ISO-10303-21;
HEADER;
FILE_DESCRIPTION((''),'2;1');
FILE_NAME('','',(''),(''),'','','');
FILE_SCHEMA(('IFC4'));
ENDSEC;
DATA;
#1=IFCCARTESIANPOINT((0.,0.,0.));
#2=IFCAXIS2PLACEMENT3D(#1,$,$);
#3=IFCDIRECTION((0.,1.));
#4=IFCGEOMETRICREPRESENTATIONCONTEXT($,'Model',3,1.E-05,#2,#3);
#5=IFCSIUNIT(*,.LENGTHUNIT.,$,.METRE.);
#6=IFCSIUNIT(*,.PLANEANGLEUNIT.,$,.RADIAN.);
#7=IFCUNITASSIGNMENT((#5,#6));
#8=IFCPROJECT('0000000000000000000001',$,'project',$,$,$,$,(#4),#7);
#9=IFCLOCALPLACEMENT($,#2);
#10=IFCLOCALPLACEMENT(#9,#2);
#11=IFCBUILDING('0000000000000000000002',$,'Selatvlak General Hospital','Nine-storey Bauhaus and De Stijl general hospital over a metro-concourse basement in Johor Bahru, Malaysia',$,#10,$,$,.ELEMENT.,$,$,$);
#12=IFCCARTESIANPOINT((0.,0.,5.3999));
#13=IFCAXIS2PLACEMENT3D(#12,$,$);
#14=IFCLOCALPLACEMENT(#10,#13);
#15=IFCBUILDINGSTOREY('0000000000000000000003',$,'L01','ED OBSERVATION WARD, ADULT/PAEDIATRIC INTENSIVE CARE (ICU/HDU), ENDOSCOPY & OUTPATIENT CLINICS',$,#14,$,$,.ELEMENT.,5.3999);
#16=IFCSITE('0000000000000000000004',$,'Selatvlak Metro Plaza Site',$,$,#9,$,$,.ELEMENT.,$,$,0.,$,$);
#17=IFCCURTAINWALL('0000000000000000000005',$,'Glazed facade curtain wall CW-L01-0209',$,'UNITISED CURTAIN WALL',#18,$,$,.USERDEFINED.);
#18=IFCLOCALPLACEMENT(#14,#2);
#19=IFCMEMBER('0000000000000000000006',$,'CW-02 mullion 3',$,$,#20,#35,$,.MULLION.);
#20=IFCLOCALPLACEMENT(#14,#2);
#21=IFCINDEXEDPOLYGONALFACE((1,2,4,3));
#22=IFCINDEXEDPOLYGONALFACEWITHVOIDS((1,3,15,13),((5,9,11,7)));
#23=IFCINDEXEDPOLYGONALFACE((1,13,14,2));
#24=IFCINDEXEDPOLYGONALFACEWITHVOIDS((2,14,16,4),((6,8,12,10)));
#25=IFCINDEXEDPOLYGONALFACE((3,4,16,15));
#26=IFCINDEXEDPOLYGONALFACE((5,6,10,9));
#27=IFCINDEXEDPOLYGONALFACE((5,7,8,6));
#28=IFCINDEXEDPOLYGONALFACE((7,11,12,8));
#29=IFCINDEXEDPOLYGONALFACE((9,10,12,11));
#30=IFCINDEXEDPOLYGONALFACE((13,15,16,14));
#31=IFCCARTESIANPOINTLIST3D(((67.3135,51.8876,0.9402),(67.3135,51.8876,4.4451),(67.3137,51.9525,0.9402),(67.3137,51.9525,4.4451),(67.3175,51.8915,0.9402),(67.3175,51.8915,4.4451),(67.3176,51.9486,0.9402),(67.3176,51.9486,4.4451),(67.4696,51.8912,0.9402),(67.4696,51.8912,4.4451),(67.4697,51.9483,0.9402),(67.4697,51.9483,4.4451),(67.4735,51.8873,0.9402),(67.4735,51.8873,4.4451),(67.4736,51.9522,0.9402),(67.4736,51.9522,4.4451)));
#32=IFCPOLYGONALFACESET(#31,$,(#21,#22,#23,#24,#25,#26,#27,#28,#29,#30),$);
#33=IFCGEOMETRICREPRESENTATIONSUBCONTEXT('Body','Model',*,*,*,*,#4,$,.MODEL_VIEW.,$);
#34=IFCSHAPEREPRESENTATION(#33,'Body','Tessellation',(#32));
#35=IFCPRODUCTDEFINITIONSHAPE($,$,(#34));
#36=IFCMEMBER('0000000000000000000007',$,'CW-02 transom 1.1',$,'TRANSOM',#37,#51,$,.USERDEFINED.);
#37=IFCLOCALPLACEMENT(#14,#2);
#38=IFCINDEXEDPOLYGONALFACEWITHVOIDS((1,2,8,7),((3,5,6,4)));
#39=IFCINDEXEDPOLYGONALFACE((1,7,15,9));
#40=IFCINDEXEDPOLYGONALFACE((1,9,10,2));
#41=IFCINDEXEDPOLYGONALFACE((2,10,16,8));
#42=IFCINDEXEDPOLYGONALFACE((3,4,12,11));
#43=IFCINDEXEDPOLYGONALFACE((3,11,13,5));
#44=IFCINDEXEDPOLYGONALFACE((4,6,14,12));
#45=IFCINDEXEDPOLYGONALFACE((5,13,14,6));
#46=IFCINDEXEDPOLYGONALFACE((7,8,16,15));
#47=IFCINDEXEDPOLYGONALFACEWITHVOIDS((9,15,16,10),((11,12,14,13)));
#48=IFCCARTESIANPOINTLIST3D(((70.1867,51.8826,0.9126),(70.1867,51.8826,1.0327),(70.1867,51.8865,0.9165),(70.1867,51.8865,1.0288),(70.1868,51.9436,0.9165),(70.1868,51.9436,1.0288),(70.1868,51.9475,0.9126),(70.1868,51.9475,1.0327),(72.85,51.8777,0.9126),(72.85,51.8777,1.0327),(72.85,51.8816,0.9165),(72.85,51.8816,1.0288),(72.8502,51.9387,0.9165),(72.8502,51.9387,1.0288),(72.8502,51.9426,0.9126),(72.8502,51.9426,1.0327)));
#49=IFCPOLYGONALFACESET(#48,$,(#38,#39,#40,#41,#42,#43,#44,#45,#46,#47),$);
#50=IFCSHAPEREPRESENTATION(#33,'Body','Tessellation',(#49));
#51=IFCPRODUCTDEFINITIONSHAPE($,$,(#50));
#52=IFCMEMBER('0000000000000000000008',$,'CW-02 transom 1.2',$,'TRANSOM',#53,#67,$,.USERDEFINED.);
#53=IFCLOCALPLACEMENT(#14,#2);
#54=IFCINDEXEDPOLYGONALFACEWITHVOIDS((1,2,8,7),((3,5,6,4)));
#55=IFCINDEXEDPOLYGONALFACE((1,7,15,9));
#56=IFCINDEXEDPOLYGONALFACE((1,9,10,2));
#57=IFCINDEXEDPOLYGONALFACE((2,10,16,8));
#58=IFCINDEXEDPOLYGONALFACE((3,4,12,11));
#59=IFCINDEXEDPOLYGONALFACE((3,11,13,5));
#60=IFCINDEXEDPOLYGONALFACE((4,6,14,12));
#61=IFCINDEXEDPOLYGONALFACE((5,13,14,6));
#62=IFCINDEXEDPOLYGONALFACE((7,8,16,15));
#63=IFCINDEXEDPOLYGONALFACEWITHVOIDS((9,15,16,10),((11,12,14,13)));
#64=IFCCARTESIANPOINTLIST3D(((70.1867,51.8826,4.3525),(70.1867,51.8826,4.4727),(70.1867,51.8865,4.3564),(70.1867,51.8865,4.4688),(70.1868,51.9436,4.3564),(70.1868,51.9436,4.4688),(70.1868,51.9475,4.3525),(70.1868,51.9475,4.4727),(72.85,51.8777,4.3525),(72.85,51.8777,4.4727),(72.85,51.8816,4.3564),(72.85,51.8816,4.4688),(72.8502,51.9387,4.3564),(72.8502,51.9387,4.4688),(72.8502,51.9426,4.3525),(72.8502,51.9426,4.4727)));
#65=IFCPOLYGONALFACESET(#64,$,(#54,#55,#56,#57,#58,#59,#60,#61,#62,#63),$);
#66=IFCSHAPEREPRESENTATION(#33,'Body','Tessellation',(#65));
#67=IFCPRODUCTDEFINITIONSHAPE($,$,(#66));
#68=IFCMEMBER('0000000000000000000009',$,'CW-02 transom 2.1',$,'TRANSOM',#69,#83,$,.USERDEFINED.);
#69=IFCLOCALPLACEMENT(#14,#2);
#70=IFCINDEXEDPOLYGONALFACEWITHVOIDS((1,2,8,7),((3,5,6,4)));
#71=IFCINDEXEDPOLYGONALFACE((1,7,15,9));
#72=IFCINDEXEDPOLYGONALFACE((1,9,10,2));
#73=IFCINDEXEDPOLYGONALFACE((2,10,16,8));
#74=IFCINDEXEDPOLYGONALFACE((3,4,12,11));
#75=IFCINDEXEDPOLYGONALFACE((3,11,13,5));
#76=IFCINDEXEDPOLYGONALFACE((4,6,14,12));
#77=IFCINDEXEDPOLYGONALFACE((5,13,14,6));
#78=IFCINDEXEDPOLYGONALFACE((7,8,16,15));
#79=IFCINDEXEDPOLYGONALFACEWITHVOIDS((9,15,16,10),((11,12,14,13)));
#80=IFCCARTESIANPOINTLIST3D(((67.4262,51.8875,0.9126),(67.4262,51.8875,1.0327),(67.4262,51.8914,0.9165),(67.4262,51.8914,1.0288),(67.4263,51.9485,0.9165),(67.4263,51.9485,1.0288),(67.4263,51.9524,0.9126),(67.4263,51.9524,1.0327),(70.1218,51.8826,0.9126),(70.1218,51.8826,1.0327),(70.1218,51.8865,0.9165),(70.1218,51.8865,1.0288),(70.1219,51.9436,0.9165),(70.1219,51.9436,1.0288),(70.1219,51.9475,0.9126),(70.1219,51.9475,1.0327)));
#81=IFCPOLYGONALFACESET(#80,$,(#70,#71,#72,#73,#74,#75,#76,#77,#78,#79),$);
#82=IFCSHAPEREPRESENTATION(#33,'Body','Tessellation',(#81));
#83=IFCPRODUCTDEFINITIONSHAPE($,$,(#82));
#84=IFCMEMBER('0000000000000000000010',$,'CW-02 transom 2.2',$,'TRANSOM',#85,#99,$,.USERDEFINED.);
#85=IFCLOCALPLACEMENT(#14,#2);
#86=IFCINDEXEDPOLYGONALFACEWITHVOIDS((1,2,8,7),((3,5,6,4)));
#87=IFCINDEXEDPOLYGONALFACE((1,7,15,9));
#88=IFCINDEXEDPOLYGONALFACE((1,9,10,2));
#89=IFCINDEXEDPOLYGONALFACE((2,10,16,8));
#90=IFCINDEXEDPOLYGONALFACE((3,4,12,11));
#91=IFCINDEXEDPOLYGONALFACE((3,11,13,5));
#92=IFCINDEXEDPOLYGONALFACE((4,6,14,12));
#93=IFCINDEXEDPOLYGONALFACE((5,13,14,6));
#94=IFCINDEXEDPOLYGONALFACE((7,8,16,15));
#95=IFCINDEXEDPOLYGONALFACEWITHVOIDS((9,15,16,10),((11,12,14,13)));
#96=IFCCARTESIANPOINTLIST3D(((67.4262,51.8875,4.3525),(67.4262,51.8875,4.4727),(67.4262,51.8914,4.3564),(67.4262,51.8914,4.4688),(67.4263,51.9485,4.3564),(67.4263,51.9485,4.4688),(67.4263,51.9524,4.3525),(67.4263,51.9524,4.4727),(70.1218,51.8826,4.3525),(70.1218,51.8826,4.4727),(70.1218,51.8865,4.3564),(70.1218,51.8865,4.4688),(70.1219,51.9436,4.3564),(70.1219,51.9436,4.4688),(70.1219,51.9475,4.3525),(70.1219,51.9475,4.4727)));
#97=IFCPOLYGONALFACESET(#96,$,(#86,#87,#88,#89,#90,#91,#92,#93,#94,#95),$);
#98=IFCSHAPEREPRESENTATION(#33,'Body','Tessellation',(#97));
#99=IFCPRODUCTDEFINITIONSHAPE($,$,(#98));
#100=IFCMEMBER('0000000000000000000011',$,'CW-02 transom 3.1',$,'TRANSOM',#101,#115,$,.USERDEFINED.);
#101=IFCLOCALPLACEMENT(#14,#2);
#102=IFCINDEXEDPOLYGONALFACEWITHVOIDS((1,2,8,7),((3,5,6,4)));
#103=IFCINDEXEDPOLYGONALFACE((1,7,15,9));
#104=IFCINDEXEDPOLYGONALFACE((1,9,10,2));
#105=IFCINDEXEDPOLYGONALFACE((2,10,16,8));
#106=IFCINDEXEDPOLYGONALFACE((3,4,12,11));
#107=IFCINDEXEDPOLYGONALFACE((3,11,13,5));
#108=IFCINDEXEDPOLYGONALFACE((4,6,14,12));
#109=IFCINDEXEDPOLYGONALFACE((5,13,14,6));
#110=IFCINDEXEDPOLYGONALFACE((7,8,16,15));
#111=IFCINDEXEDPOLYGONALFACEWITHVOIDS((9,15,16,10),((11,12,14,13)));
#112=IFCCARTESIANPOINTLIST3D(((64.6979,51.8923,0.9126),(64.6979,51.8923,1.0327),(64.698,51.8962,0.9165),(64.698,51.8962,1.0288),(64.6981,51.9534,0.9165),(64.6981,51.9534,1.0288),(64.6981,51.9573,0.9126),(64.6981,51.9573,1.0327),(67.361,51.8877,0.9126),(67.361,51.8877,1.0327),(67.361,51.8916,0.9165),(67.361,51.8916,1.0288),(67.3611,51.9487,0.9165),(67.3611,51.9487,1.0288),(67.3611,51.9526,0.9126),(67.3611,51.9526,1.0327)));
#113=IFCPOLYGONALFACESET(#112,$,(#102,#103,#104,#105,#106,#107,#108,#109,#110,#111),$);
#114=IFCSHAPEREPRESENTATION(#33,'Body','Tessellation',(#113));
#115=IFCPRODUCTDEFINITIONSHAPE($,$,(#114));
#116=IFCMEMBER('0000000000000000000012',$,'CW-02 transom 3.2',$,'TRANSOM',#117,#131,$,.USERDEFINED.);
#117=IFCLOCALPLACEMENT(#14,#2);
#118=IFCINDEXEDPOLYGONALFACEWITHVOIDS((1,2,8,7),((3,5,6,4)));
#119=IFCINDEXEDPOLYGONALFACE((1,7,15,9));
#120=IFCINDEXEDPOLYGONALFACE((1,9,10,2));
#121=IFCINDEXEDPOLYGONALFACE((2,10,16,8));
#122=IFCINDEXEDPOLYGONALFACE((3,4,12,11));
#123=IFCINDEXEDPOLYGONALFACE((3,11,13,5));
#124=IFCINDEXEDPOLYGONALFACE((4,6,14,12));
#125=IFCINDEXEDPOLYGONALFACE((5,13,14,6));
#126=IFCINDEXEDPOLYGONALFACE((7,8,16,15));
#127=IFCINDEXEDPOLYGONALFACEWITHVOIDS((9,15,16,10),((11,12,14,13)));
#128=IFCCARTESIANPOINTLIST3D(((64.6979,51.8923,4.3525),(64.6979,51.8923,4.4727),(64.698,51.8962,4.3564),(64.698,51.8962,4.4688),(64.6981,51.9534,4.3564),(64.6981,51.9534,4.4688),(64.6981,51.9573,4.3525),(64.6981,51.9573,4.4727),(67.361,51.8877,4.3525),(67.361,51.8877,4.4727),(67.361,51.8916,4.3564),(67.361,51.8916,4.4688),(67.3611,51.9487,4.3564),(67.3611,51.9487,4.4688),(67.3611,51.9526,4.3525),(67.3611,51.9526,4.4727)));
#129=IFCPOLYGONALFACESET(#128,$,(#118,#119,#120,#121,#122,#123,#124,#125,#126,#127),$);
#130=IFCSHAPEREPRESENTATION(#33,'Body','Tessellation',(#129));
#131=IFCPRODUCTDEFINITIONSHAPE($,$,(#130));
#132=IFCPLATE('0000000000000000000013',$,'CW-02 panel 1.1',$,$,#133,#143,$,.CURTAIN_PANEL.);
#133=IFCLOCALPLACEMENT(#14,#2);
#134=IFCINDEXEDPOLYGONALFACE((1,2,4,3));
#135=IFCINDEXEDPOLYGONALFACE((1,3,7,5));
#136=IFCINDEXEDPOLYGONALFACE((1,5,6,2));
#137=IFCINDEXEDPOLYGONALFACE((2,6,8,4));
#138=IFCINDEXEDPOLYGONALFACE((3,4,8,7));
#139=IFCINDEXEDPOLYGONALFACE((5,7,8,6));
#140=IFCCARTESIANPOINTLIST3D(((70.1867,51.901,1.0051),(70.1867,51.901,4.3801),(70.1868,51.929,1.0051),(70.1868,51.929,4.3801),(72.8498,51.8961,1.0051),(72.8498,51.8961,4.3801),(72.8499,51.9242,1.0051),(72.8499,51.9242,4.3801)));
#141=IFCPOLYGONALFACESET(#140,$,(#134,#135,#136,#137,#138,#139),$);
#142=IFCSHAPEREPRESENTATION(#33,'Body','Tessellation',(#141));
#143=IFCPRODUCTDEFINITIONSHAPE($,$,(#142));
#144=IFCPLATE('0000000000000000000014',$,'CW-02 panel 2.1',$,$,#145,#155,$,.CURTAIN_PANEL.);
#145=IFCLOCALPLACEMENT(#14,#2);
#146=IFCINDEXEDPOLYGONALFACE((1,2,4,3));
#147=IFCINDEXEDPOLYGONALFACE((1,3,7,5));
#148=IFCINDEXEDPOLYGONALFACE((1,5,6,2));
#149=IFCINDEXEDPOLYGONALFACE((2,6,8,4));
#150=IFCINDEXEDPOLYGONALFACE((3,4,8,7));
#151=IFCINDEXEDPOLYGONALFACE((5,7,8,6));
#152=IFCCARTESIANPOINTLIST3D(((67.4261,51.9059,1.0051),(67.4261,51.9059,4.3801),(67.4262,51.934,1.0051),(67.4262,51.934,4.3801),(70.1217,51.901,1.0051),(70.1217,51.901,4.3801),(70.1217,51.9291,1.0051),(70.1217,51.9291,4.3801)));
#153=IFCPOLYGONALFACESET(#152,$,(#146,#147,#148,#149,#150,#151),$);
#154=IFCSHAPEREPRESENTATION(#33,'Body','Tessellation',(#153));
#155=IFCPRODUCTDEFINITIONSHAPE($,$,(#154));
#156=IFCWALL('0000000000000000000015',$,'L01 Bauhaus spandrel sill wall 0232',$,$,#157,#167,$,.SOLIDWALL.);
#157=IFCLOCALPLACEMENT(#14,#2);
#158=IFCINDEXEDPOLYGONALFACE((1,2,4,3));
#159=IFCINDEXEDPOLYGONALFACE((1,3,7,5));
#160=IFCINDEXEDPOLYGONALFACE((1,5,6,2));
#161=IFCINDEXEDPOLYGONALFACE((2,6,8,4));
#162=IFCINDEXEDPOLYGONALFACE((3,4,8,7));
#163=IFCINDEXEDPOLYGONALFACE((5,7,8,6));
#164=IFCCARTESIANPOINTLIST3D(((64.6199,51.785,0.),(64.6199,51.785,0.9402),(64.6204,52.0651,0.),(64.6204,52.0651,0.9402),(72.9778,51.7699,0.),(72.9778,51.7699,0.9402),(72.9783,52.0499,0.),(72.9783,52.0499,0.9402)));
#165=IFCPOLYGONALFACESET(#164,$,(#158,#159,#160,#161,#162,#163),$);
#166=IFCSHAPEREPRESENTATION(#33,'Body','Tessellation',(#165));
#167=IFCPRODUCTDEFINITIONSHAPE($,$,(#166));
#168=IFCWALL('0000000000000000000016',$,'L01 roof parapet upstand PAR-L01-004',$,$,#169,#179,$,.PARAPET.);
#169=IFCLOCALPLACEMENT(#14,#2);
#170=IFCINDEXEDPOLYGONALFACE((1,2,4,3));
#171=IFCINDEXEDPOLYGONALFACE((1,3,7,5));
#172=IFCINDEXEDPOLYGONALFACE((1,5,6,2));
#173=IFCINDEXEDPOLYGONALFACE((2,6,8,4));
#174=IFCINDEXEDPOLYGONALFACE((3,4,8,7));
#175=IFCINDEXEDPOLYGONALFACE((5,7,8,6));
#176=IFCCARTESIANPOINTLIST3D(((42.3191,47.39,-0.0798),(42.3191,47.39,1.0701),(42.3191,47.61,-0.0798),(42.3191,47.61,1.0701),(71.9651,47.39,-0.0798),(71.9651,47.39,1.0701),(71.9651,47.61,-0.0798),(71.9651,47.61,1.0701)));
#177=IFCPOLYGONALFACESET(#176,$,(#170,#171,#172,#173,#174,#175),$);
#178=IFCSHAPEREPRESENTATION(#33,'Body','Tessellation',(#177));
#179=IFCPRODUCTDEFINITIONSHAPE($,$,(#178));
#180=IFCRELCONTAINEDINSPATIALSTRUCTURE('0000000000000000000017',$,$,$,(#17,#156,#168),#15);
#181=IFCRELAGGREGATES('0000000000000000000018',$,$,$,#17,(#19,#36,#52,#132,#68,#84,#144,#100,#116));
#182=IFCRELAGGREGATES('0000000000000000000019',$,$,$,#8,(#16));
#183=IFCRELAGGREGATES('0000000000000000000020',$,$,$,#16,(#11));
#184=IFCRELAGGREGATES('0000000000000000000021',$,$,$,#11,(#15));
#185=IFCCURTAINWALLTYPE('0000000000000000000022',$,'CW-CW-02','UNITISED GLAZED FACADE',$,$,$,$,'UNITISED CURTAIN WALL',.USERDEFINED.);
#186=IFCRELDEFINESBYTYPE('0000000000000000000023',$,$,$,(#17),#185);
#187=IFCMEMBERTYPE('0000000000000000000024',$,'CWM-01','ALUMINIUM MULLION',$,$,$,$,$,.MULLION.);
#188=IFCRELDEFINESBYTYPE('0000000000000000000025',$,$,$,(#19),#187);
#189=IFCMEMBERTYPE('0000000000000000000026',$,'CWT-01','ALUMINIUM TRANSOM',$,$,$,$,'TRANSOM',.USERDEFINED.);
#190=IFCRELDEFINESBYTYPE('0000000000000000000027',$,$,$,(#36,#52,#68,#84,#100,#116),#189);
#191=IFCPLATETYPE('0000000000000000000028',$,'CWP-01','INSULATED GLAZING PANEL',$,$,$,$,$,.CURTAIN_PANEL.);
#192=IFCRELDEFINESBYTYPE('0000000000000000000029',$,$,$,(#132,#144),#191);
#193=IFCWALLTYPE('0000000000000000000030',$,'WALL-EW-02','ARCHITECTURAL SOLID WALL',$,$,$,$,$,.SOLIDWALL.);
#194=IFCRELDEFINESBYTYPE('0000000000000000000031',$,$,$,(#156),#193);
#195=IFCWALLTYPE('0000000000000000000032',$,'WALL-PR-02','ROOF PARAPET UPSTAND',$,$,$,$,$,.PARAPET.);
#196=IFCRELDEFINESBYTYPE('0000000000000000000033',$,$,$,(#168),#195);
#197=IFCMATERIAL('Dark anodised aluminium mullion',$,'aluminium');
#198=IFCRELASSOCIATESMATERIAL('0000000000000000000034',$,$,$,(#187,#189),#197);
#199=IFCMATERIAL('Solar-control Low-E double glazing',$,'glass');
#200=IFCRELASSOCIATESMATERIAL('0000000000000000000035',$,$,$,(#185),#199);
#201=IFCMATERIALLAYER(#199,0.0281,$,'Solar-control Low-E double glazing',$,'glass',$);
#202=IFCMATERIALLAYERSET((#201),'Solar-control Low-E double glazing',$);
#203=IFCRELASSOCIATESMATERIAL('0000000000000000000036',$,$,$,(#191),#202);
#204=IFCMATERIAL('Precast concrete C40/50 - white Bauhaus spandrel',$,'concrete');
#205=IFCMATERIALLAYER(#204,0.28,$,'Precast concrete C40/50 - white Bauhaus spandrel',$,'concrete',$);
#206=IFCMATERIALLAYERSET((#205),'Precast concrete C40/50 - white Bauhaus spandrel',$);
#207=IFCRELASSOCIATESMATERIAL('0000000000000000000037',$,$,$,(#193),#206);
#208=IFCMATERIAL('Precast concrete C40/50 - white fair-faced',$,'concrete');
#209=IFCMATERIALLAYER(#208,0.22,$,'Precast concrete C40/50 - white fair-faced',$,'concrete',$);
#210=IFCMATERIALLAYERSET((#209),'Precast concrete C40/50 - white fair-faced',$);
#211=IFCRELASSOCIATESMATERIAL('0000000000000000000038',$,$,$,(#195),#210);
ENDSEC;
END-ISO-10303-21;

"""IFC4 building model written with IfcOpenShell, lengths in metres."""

from ifc_helpers import new_model, si_unit, direction, frame, frame_2d, origin, origin_2d, place, context, subcontext, project, spatial, rectangle, hollow_rectangle, extrude, material, layer, layer_set, material_profile, profile_set, type_object, element, aggregate, save


model = new_model("IFC4")

# Units and contexts
model_context = context("Model", 3, precision=1e-05, world=origin(), true_north=direction((0.0, 1.0)))
body_context = subcontext(model_context, "Body", "Model", "MODEL_VIEW")
ifc_project = project(units=[si_unit("LENGTHUNIT", "METRE"), si_unit("PLANEANGLEUNIT", "RADIAN")], contexts=[model_context])

# Site, building, storey
site_placement = place(None, origin())
site = spatial("IfcSite", under=ifc_project, at=site_placement, Name="Selatvlak Metro Plaza Site", CompositionType="ELEMENT", RefElevation=0.0)
building_placement = place(site_placement, origin())
building = spatial("IfcBuilding", under=site, at=building_placement, Name="Selatvlak General Hospital", Description="Nine-storey Bauhaus and De Stijl general hospital over a metro-concourse basement in Johor Bahru, Malaysia", CompositionType="ELEMENT")
storey_placement = place(building_placement, frame((0.0, 0.0, 5.3999)))
storey = spatial("IfcBuildingStorey", under=building, at=storey_placement, Name="L01", Description="ED OBSERVATION WARD, ADULT/PAEDIATRIC INTENSIVE CARE (ICU/HDU), ENDOSCOPY & OUTPATIENT CLINICS", CompositionType="ELEMENT", Elevation=5.3999)

# Shared definitions
ifc_material_1 = material(Name="Solar-control Low-E double glazing", Category="glass")
ifc_material_2 = material(Name="Dark anodised aluminium mullion", Category="aluminium")
ifc_material_profile_1 = material_profile(ifc_material_2, hollow_rectangle(XDim=0.0649, YDim=0.1599, WallThickness=0.0039, at=origin_2d()), Name="AL-MUL 65x160x4")
ifc_profile_set_1 = profile_set([ifc_material_profile_1], Name="Dark anodised aluminium mullion")
member_type_1 = type_object("IfcMemberType", Name="CWM-01", Description="ALUMINIUM MULLION", PredefinedType="MULLION", material=ifc_profile_set_1)

# Curtain wall, members, plates
curtain_wall_type_1 = type_object("IfcCurtainWallType", Name="CW-CW-02", Description="UNITISED GLAZED FACADE", ElementType="UNITISED CURTAIN WALL", PredefinedType="USERDEFINED", material=ifc_material_1)
curtain_wall_1_placement = place(storey_placement, origin())
curtain_wall_1 = element("IfcCurtainWall", 1, at=curtain_wall_1_placement, inside=storey, type_object=curtain_wall_type_1, Name="Glazed facade curtain wall CW-L01-0209", ObjectType="UNITISED CURTAIN WALL", PredefinedType="USERDEFINED")
member_1_placement = place(storey_placement, frame((67.3936, 51.9199, 0.9402), z_axis=(0.0, 0.0, 1.0), x_axis=(-0.001811, -0.999998, 0.0)))
member_1 = element("IfcMember", 2, at=member_1_placement, type_object=member_type_1, Name="CW-02 mullion 3", PredefinedType="MULLION", context=body_context, shape_type="SweptSolid", body=[
    extrude(hollow_rectangle(XDim=0.0649, YDim=0.1599, WallThickness=0.0039, at=origin_2d()), origin(), (0.0, 0.0, 1.0), 3.5049),
])
ifc_material_profile_2 = material_profile(ifc_material_2, hollow_rectangle(XDim=0.0649, YDim=0.1201, WallThickness=0.0039, at=origin_2d()), Name="AL-TRN 65x120x4")
ifc_profile_set_2 = profile_set([ifc_material_profile_2], Name="Dark anodised aluminium mullion")
member_type_2 = type_object("IfcMemberType", Name="CWT-01", Description="ALUMINIUM TRANSOM", ElementType="TRANSOM", PredefinedType="USERDEFINED", material=ifc_profile_set_2)
member_2_placement = place(storey_placement, frame((72.8501, 51.9102, 0.9727), z_axis=(-0.999998, 0.001833, 0.0), x_axis=(-0.001833, -0.999998, 0.0)))
member_2 = element("IfcMember", 3, at=member_2_placement, type_object=member_type_2, Name="CW-02 transom 1.1", ObjectType="TRANSOM", PredefinedType="USERDEFINED", context=body_context, shape_type="SweptSolid", body=[
    extrude(hollow_rectangle(XDim=0.0649, YDim=0.1201, WallThickness=0.0039, at=origin_2d()), origin(), (0.0, 0.0, 1.0), 2.6633),
])
member_3_placement = place(storey_placement, frame((72.8501, 51.9102, 4.4126), z_axis=(-0.999998, 0.001833, 0.0), x_axis=(-0.001833, -0.999998, 0.0)))
member_3 = element("IfcMember", 4, at=member_3_placement, type_object=member_type_2, Name="CW-02 transom 1.2", ObjectType="TRANSOM", PredefinedType="USERDEFINED", context=body_context, shape_type="SweptSolid", body=[
    extrude(hollow_rectangle(XDim=0.0649, YDim=0.1201, WallThickness=0.0039, at=origin_2d()), origin(), (0.0, 0.0, 1.0), 2.6633),
])
member_4_placement = place(storey_placement, frame((70.1218, 51.915, 0.9727), z_axis=(-0.999998, 0.001811, 0.0), x_axis=(-0.001811, -0.999998, 0.0)))
member_4 = element("IfcMember", 5, at=member_4_placement, type_object=member_type_2, Name="CW-02 transom 2.1", ObjectType="TRANSOM", PredefinedType="USERDEFINED", context=body_context, shape_type="SweptSolid", body=[
    extrude(hollow_rectangle(XDim=0.0649, YDim=0.1201, WallThickness=0.0039, at=origin_2d()), origin(), (0.0, 0.0, 1.0), 2.6956),
])
member_5_placement = place(storey_placement, frame((70.1218, 51.915, 4.4126), z_axis=(-0.999998, 0.001811, 0.0), x_axis=(-0.001811, -0.999998, 0.0)))
member_5 = element("IfcMember", 6, at=member_5_placement, type_object=member_type_2, Name="CW-02 transom 2.2", ObjectType="TRANSOM", PredefinedType="USERDEFINED", context=body_context, shape_type="SweptSolid", body=[
    extrude(hollow_rectangle(XDim=0.0649, YDim=0.1201, WallThickness=0.0039, at=origin_2d()), origin(), (0.0, 0.0, 1.0), 2.6956),
])
member_6_placement = place(storey_placement, frame((67.3611, 51.9202, 0.9727), z_axis=(-0.999998, 0.001742, 0.0), x_axis=(-0.001742, -0.999998, 0.0)))
member_6 = element("IfcMember", 7, at=member_6_placement, type_object=member_type_2, Name="CW-02 transom 3.1", ObjectType="TRANSOM", PredefinedType="USERDEFINED", context=body_context, shape_type="SweptSolid", body=[
    extrude(hollow_rectangle(XDim=0.0649, YDim=0.1201, WallThickness=0.0039, at=origin_2d()), origin(), (0.0, 0.0, 1.0), 2.6631),
])
member_7_placement = place(storey_placement, frame((67.3611, 51.9202, 4.4126), z_axis=(-0.999998, 0.001742, 0.0), x_axis=(-0.001742, -0.999998, 0.0)))
member_7 = element("IfcMember", 8, at=member_7_placement, type_object=member_type_2, Name="CW-02 transom 3.2", ObjectType="TRANSOM", PredefinedType="USERDEFINED", context=body_context, shape_type="SweptSolid", body=[
    extrude(hollow_rectangle(XDim=0.0649, YDim=0.1201, WallThickness=0.0039, at=origin_2d()), origin(), (0.0, 0.0, 1.0), 2.6631),
])
ifc_layer_1 = layer(ifc_material_1, 0.0281, Name="Solar-control Low-E double glazing", Category="glass")
ifc_layer_set_1 = layer_set([ifc_layer_1], Name="Solar-control Low-E double glazing")
plate_type = type_object("IfcPlateType", Name="CWP-01", Description="INSULATED GLAZING PANEL", PredefinedType="CURTAIN_PANEL", material=ifc_layer_set_1)
plate_1_placement = place(storey_placement, frame((71.5183, 51.9126, 1.0051), z_axis=(0.0, 0.0, 1.0), x_axis=(-0.999998, 0.001811, 0.0)))
plate_1 = element("IfcPlate", 9, at=plate_1_placement, type_object=plate_type, Name="CW-02 panel 1.1", PredefinedType="CURTAIN_PANEL", context=body_context, shape_type="SweptSolid", body=[
    extrude(rectangle(XDim=2.6631, YDim=0.0281, at=origin_2d()), origin(), (0.0, 0.0, 1.0), 3.375),
])
plate_2_placement = place(storey_placement, frame((68.7739, 51.9175, 1.0051), z_axis=(0.0, 0.0, 1.0), x_axis=(-0.999998, 0.001811, 0.0)))
plate_2 = element("IfcPlate", 10, at=plate_2_placement, type_object=plate_type, Name="CW-02 panel 2.1", PredefinedType="CURTAIN_PANEL", context=body_context, shape_type="SweptSolid", body=[
    extrude(rectangle(XDim=2.6956, YDim=0.0281, at=origin_2d()), origin(), (0.0, 0.0, 1.0), 3.375),
])
aggregate(curtain_wall_1, [member_1, member_2, member_3, plate_1, member_4, member_5, plate_2, member_6, member_7])

# Walls
ifc_material_3 = material(Name="Precast concrete C40/50 - white Bauhaus spandrel", Category="concrete")
ifc_layer_2 = layer(ifc_material_3, 0.28, Name="Precast concrete C40/50 - white Bauhaus spandrel", Category="concrete")
ifc_layer_set_2 = layer_set([ifc_layer_2], Name="Precast concrete C40/50 - white Bauhaus spandrel")
wall_type_1 = type_object("IfcWallType", Name="WALL-EW-02", Description="ARCHITECTURAL SOLID WALL", PredefinedType="SOLIDWALL", material=ifc_layer_set_2)
wall_1_placement = place(storey_placement, frame((72.978, 51.9099, 0.0), z_axis=(0.0, 0.0, 1.0), x_axis=(-0.999998, 0.001811, 0.0)))
element("IfcWall", 11, at=wall_1_placement, inside=storey, type_object=wall_type_1, Name="L01 Bauhaus spandrel sill wall 0232", PredefinedType="SOLIDWALL", context=body_context, shape_type="SweptSolid", body=[
    extrude(rectangle(XDim=8.3579, YDim=0.28, at=frame_2d((4.179, 0.0))), origin(), (0.0, 0.0, 1.0), 0.9402),
])
ifc_material_4 = material(Name="Precast concrete C40/50 - white fair-faced", Category="concrete")
ifc_layer_3 = layer(ifc_material_4, 0.22, Name="Precast concrete C40/50 - white fair-faced", Category="concrete")
ifc_layer_set_3 = layer_set([ifc_layer_3], Name="Precast concrete C40/50 - white fair-faced")
wall_type_2 = type_object("IfcWallType", Name="WALL-PR-02", Description="ROOF PARAPET UPSTAND", PredefinedType="PARAPET", material=ifc_layer_set_3)
wall_2_placement = place(storey_placement, frame((71.9651, 47.5, -0.0798), z_axis=(0.0, 0.0, 1.0), x_axis=(-1.0, 0.0, 0.0)))
element("IfcWall", 12, at=wall_2_placement, inside=storey, type_object=wall_type_2, Name="L01 roof parapet upstand PAR-L01-004", PredefinedType="PARAPET", context=body_context, shape_type="SweptSolid", body=[
    extrude(rectangle(XDim=29.646, YDim=0.22, at=frame_2d((14.823, 0.0))), origin(), (0.0, 0.0, 1.0), 1.1499),
])

save(model, "model.ifc")
